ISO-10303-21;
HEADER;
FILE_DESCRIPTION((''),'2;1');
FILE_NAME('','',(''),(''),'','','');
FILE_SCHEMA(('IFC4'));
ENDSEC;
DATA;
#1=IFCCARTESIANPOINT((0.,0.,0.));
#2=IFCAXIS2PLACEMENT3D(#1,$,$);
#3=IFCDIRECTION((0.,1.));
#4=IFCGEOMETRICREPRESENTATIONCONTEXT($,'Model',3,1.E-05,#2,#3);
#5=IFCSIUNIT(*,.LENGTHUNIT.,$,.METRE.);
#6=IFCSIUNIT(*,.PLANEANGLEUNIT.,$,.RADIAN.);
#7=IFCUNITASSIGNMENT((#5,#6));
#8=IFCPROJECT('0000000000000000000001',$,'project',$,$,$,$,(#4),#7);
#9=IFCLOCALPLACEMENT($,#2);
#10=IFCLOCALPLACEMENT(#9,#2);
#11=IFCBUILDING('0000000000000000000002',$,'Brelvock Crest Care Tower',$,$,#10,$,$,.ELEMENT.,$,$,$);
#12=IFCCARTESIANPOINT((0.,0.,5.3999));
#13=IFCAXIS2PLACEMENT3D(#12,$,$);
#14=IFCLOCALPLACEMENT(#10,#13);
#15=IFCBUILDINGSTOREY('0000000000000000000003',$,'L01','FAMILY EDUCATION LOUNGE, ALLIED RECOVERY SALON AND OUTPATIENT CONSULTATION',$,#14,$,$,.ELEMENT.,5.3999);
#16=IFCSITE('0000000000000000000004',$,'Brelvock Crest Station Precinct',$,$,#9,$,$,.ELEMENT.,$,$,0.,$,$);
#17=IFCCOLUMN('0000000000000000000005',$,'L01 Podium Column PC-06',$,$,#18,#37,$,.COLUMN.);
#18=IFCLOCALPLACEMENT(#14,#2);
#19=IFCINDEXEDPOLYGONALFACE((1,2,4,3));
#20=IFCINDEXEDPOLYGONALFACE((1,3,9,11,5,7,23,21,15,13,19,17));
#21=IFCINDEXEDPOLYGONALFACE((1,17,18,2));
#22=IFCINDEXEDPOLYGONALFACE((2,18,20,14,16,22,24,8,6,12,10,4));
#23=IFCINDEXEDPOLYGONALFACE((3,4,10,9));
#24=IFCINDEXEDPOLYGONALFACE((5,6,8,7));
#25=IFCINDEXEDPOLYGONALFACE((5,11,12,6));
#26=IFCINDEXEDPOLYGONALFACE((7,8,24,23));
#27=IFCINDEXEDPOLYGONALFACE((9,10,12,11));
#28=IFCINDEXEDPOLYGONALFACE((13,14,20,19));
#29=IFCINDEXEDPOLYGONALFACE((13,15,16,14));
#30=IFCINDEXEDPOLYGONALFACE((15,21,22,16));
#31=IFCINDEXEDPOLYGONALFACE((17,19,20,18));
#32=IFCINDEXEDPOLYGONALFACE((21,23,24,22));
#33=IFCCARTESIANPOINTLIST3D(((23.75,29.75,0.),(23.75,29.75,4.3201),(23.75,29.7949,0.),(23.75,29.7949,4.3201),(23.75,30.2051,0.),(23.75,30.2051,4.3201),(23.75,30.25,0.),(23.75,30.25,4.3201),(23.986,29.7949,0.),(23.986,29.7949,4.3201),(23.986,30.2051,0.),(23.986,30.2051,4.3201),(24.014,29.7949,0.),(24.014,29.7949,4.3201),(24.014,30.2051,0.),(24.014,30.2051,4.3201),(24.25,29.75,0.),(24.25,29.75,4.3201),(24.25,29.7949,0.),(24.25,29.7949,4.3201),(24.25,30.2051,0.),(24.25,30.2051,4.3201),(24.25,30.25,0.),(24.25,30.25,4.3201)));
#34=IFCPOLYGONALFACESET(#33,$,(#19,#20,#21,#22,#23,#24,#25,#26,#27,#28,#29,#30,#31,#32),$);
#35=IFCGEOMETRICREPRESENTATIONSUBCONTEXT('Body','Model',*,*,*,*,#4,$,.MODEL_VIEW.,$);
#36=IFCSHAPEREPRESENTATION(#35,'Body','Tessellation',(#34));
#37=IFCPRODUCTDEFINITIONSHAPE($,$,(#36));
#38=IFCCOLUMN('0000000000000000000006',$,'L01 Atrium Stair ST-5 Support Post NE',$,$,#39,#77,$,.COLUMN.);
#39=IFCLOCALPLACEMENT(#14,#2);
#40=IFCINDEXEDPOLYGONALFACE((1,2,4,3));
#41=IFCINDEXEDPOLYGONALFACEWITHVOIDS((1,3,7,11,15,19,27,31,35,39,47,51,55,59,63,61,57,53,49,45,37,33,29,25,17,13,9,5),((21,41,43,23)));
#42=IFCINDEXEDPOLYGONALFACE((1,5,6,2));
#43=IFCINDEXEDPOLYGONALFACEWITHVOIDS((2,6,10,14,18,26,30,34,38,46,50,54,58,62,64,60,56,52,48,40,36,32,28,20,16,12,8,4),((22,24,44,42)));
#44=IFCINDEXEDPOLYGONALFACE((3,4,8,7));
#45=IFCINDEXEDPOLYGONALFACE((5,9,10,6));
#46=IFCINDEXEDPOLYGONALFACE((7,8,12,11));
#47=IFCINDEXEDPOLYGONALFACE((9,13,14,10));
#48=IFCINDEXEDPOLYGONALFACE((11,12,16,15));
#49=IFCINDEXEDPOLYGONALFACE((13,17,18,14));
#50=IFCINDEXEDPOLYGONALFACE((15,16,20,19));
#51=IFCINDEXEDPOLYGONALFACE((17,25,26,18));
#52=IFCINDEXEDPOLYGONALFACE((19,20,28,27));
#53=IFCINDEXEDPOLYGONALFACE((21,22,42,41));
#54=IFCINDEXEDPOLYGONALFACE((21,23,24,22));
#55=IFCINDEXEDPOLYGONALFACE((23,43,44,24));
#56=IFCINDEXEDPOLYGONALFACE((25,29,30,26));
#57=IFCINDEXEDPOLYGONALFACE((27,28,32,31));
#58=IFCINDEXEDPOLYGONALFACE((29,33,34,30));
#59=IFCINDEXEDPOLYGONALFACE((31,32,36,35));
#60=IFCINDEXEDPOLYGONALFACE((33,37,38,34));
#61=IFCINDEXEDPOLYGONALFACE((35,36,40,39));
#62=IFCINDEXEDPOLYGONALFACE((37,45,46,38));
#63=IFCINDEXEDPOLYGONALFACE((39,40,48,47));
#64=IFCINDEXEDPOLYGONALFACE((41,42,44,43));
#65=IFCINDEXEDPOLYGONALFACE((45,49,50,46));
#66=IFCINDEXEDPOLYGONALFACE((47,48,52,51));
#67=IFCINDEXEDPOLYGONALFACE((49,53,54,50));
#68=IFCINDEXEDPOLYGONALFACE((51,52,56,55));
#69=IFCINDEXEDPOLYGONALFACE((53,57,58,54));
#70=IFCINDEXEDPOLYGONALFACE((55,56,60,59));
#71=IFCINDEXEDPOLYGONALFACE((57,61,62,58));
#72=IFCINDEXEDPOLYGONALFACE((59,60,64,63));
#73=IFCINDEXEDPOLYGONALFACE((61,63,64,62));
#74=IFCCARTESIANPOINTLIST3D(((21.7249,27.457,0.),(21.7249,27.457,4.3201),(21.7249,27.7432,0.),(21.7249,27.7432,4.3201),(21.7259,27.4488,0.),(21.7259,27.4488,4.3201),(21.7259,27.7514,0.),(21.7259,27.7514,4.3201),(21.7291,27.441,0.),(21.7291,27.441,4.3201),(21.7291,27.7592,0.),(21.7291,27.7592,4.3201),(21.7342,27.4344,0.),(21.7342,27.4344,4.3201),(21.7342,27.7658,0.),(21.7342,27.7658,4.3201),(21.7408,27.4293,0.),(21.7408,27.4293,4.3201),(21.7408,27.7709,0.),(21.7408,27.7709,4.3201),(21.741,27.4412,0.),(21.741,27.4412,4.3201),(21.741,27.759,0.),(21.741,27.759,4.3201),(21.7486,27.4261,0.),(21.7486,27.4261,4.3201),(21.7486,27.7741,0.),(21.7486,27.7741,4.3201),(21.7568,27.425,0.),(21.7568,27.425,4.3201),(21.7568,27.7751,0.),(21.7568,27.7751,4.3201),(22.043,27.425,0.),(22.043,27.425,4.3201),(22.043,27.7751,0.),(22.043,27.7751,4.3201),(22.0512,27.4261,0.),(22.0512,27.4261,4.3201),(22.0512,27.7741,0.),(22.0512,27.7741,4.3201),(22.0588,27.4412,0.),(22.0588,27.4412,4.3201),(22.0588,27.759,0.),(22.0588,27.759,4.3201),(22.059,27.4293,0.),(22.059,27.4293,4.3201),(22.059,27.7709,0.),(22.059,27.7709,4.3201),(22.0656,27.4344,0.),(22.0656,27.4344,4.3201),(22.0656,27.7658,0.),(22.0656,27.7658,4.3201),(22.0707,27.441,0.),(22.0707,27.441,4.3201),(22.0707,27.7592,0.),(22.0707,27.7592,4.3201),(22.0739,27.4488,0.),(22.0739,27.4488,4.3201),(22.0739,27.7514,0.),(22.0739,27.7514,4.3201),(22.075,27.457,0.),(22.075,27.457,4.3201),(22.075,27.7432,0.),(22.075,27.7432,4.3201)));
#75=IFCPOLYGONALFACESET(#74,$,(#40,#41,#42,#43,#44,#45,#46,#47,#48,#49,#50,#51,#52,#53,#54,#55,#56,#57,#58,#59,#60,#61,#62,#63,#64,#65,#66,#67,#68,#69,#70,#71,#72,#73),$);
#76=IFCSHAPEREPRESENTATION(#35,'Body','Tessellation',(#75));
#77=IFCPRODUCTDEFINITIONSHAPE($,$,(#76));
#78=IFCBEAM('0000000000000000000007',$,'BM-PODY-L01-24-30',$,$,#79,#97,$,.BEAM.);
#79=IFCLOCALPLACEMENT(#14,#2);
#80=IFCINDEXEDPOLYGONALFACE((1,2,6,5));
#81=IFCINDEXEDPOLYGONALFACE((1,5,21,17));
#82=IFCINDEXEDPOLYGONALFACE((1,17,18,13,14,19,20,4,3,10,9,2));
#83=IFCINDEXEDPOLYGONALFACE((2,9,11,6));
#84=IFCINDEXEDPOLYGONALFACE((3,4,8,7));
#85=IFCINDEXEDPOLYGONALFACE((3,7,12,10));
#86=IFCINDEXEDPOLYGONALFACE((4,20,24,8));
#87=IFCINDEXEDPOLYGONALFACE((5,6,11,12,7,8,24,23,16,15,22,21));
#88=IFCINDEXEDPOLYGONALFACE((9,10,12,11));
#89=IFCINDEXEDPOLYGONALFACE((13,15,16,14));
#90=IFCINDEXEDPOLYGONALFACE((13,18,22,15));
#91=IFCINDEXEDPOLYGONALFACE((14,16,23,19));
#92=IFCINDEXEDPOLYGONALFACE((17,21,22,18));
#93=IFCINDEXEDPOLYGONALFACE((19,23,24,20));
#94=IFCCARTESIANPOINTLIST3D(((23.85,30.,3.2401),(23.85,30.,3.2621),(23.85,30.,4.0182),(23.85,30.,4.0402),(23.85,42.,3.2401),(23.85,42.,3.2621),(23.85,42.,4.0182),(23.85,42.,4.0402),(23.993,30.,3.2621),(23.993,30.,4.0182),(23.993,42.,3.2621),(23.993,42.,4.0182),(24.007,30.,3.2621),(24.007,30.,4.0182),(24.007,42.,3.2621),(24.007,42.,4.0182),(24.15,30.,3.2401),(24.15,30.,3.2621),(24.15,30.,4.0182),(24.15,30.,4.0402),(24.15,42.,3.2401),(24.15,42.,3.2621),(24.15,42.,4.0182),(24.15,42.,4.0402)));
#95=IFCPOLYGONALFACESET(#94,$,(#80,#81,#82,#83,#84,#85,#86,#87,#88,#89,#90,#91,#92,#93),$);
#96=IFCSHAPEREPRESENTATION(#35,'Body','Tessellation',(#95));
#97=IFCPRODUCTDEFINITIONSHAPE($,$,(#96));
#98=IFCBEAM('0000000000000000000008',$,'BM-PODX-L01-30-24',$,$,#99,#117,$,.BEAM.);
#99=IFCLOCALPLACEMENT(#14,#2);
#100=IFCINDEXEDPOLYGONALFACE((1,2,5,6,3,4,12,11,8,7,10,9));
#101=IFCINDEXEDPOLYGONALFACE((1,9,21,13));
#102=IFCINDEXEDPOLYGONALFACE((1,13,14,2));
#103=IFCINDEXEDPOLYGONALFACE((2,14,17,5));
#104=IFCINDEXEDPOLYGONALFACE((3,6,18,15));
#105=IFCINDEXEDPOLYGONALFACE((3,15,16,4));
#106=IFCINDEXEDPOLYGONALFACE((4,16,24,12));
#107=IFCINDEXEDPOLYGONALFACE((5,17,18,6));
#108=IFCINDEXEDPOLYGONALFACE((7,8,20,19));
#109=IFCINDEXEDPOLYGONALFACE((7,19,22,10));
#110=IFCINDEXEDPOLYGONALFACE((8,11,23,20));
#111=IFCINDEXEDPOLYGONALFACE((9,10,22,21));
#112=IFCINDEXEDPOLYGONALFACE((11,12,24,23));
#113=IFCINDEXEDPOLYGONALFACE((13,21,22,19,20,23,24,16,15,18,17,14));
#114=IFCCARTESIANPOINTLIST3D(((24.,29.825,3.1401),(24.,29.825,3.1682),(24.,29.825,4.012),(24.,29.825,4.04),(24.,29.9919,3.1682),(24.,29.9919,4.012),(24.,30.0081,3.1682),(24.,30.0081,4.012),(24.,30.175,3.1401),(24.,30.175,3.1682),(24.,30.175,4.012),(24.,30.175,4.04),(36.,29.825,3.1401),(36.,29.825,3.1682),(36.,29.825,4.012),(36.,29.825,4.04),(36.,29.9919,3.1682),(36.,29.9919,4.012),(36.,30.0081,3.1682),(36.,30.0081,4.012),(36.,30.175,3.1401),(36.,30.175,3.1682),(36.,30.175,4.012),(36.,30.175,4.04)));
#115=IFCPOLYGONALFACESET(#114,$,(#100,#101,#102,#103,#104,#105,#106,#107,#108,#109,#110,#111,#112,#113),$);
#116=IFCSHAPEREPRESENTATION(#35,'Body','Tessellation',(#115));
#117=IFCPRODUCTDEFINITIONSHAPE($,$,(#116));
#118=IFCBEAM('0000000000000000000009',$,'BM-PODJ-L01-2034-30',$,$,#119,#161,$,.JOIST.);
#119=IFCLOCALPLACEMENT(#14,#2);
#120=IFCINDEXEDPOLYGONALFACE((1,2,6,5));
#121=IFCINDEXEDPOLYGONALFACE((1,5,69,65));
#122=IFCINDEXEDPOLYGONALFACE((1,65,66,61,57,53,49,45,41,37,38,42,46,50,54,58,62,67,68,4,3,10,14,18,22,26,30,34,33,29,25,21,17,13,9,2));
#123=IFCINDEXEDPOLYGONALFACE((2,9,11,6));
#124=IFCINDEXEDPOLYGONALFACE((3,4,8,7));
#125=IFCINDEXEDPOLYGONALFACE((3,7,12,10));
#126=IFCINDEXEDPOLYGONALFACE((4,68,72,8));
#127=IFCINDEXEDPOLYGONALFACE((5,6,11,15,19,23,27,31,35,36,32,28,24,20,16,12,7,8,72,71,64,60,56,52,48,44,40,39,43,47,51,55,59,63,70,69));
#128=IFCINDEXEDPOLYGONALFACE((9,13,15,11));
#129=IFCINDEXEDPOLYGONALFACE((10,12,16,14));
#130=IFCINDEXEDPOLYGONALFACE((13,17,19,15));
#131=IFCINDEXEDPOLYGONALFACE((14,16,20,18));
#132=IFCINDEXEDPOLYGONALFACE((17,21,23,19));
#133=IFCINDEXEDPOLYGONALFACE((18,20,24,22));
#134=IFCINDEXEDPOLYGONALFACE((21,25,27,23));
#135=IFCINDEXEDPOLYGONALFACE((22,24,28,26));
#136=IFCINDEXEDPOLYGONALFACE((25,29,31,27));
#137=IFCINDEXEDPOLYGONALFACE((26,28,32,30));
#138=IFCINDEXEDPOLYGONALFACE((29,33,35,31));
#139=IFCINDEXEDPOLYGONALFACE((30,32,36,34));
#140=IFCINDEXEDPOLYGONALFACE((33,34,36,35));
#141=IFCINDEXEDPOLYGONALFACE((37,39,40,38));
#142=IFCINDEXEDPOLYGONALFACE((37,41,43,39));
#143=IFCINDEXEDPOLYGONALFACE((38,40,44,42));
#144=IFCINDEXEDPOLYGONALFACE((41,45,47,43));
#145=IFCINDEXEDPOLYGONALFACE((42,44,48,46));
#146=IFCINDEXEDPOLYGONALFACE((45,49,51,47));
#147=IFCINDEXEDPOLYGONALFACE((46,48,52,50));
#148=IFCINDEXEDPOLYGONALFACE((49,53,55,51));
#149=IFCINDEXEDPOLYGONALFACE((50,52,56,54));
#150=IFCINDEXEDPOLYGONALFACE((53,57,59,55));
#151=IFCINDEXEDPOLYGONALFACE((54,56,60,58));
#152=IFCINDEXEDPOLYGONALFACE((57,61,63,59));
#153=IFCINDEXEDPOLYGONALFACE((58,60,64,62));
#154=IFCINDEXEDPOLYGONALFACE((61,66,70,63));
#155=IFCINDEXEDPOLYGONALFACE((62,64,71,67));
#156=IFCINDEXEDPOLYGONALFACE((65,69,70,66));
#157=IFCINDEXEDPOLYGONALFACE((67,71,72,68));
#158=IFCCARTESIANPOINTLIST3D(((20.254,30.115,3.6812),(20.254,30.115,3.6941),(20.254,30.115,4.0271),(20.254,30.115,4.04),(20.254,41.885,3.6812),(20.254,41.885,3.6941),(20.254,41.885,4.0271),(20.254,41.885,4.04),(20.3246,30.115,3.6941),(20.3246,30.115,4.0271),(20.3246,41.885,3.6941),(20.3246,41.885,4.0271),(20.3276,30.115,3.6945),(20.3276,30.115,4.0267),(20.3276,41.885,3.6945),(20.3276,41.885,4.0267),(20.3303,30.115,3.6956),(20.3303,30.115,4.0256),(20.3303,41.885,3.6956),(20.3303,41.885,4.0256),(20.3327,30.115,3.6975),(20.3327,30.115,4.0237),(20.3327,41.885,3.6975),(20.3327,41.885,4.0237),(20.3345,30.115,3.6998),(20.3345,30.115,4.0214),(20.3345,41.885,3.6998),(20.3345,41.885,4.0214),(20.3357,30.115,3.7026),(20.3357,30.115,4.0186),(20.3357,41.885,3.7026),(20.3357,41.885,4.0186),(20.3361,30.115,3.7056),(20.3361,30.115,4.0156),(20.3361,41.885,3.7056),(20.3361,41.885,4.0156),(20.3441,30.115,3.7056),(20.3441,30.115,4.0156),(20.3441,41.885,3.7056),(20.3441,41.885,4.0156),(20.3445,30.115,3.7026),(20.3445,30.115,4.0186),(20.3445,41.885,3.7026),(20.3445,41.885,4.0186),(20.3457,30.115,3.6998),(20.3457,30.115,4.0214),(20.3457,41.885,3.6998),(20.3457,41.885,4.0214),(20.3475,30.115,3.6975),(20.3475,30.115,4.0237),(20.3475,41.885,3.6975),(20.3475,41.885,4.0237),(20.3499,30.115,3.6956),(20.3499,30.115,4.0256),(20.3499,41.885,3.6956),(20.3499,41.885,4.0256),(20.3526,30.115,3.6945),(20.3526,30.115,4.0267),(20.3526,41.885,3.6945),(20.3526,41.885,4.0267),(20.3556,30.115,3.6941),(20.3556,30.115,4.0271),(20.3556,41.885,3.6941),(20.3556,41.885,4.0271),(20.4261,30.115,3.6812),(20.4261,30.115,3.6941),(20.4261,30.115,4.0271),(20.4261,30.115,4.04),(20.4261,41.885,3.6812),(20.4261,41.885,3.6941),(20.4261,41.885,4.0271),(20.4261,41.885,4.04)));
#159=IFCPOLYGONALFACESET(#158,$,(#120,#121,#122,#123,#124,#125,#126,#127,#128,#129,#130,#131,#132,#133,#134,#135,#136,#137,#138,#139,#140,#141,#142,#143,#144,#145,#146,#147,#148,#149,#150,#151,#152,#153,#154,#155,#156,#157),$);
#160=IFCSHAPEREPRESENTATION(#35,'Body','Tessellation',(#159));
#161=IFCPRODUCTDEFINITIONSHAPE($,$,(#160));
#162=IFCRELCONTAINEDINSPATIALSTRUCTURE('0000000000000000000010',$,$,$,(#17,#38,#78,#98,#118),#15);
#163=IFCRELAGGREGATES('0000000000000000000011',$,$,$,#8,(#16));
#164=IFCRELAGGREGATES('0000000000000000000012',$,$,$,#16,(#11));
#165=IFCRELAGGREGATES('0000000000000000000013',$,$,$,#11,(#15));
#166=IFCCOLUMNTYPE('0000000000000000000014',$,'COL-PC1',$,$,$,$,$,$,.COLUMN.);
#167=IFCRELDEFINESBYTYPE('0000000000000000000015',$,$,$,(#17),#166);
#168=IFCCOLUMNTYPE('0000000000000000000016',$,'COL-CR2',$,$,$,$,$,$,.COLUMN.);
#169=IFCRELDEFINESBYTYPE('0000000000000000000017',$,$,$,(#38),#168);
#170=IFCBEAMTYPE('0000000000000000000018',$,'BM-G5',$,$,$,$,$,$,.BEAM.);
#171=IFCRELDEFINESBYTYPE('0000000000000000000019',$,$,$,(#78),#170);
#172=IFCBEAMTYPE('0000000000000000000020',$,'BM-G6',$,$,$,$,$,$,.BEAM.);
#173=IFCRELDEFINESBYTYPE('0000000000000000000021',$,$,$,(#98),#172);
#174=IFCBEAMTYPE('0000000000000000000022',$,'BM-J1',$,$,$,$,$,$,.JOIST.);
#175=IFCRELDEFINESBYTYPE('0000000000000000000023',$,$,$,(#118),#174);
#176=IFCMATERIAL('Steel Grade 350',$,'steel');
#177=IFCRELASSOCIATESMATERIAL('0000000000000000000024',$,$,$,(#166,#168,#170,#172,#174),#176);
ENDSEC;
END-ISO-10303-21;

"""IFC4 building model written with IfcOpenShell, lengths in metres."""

from ifc_helpers import new_model, si_unit, direction, frame, origin, origin_2d, place, context, subcontext, project, spatial, hollow_rectangle, i_section, extrude, source, transform, mapped, material, material_profile, profile_set, type_object, element, save


model = new_model("IFC4")

# Units and contexts
model_context = context("Model", 3, precision=1e-05, world=origin(), true_north=direction((0.0, 1.0)))
body_context = subcontext(model_context, "Body", "Model", "MODEL_VIEW")
ifc_project = project(units=[si_unit("LENGTHUNIT", "METRE"), si_unit("PLANEANGLEUNIT", "RADIAN")], contexts=[model_context])

# Site, building, storey
site_placement = place(None, origin())
site = spatial("IfcSite", under=ifc_project, at=site_placement, Name="Brelvock Crest Station Precinct", CompositionType="ELEMENT", RefElevation=0.0)
building_placement = place(site_placement, origin())
building = spatial("IfcBuilding", under=site, at=building_placement, Name="Brelvock Crest Care Tower", CompositionType="ELEMENT")
storey_placement = place(building_placement, frame((0.0, 0.0, 5.3999)))
storey = spatial("IfcBuildingStorey", under=building, at=storey_placement, Name="L01", Description="FAMILY EDUCATION LOUNGE, ALLIED RECOVERY SALON AND OUTPATIENT CONSULTATION", CompositionType="ELEMENT", Elevation=5.3999)

# Columns
ifc_material_1 = material(Name="Steel Grade 350", Category="steel")
ifc_material_profile_1 = material_profile(ifc_material_1, i_section(OverallWidth=0.5, OverallDepth=0.5, WebThickness=0.0281, FlangeThickness=0.0449, at=origin_2d()), Name="500WC440")
ifc_profile_set_1 = profile_set([ifc_material_profile_1], Name="Steel Grade 350")
column_type_1 = type_object("IfcColumnType", Name="COL-PC1", PredefinedType="COLUMN", material=ifc_profile_set_1)
shared_shape_1 = source(origin(), body_context, "Body", "SweptSolid", [
    extrude(i_section(OverallWidth=0.5, OverallDepth=0.5, WebThickness=0.0281, FlangeThickness=0.0449, at=origin_2d()), origin(), (0.0, 0.0, 1.0), 4.3201),
])
column_1_placement = place(storey_placement, frame((24.0, 30.0, 0.0), z_axis=(0.0, 0.0, 1.0), x_axis=(1.0, 0.0, 0.0)))
element("IfcColumn", 1, at=column_1_placement, inside=storey, type_object=column_type_1, Name="L01 Podium Column PC-06", PredefinedType="COLUMN", context=body_context, shape_type="MappedRepresentation", body=[
    mapped(shared_shape_1, transform((0.0, 0.0, 0.0), x_axis=(1.0, 0.0, 0.0), y_axis=(0.0, 1.0, 0.0), z_axis=(0.0, 0.0, 1.0), scale=1.0)),
])
ifc_material_profile_2 = material_profile(ifc_material_1, hollow_rectangle(XDim=0.3501, YDim=0.3501, WallThickness=0.0161, OuterFilletRadius=0.032, at=origin_2d()), Name="SHS350x350x16.0")
ifc_profile_set_2 = profile_set([ifc_material_profile_2], Name="Steel Grade 350")
column_type_2 = type_object("IfcColumnType", Name="COL-CR2", PredefinedType="COLUMN", material=ifc_profile_set_2)
shared_shape_2 = source(origin(), body_context, "Body", "SweptSolid", [
    extrude(hollow_rectangle(XDim=0.3501, YDim=0.3501, WallThickness=0.0161, OuterFilletRadius=0.032, at=origin_2d()), origin(), (0.0, 0.0, 1.0), 4.3201),
])
column_2_placement = place(storey_placement, frame((21.8999, 27.6001, 0.0), z_axis=(0.0, 0.0, 1.0), x_axis=(1.0, 0.0, 0.0)))
element("IfcColumn", 2, at=column_2_placement, inside=storey, type_object=column_type_2, Name="L01 Atrium Stair ST-5 Support Post NE", PredefinedType="COLUMN", context=body_context, shape_type="MappedRepresentation", body=[
    mapped(shared_shape_2, transform((0.0, 0.0, 0.0), x_axis=(1.0, 0.0, 0.0), y_axis=(0.0, 1.0, 0.0), z_axis=(0.0, 0.0, 1.0), scale=1.0)),
])

# Beams
ifc_material_profile_3 = material_profile(ifc_material_1, i_section(OverallWidth=0.3, OverallDepth=0.8, WebThickness=0.0139, FlangeThickness=0.022, at=origin_2d()), Name="800WB192")
ifc_profile_set_3 = profile_set([ifc_material_profile_3], Name="Steel Grade 350")
beam_type_1 = type_object("IfcBeamType", Name="BM-G5", PredefinedType="BEAM", material=ifc_profile_set_3)
shared_shape_3 = source(origin(), body_context, "Body", "SweptSolid", [
    extrude(i_section(OverallWidth=0.3, OverallDepth=0.8, WebThickness=0.0139, FlangeThickness=0.022, at=origin_2d()), origin(), (0.0, 0.0, 1.0), 12.0),
])
beam_1_placement = place(storey_placement, frame((24.0, 30.0, 3.6401), z_axis=(0.0, 1.0, 0.0), x_axis=(-1.0, 0.0, 0.0)))
element("IfcBeam", 3, at=beam_1_placement, inside=storey, type_object=beam_type_1, Name="BM-PODY-L01-24-30", PredefinedType="BEAM", context=body_context, shape_type="MappedRepresentation", body=[
    mapped(shared_shape_3, transform((0.0, 0.0, 0.0), x_axis=(1.0, 0.0, 0.0), y_axis=(0.0, 1.0, 0.0), z_axis=(0.0, 0.0, 1.0), scale=1.0)),
])
ifc_material_profile_4 = material_profile(ifc_material_1, i_section(OverallWidth=0.3501, OverallDepth=0.8999, WebThickness=0.0161, FlangeThickness=0.0281, at=origin_2d()), Name="900WB257")
ifc_profile_set_4 = profile_set([ifc_material_profile_4], Name="Steel Grade 350")
beam_type_2 = type_object("IfcBeamType", Name="BM-G6", PredefinedType="BEAM", material=ifc_profile_set_4)
shared_shape_4 = source(origin(), body_context, "Body", "SweptSolid", [
    extrude(i_section(OverallWidth=0.3501, OverallDepth=0.8999, WebThickness=0.0161, FlangeThickness=0.0281, at=origin_2d()), origin(), (0.0, 0.0, 1.0), 12.0),
])
beam_2_placement = place(storey_placement, frame((24.0, 30.0, 3.5901), z_axis=(1.0, 0.0, 0.0), x_axis=(0.0, 1.0, 0.0)))
element("IfcBeam", 4, at=beam_2_placement, inside=storey, type_object=beam_type_2, Name="BM-PODX-L01-30-24", PredefinedType="BEAM", context=body_context, shape_type="MappedRepresentation", body=[
    mapped(shared_shape_4, transform((0.0, 0.0, 0.0), x_axis=(1.0, 0.0, 0.0), y_axis=(0.0, 1.0, 0.0), z_axis=(0.0, 0.0, 1.0), scale=1.0)),
])
ifc_material_profile_5 = material_profile(ifc_material_1, i_section(OverallWidth=0.1721, OverallDepth=0.3589, WebThickness=0.0081, FlangeThickness=0.0129, FilletRadius=0.0115, at=origin_2d()), Name="360UB56.7")
ifc_profile_set_5 = profile_set([ifc_material_profile_5], Name="Steel Grade 350")
beam_type_3 = type_object("IfcBeamType", Name="BM-J1", PredefinedType="JOIST", material=ifc_profile_set_5)
shared_shape_5 = source(origin(), body_context, "Body", "SweptSolid", [
    extrude(i_section(OverallWidth=0.1721, OverallDepth=0.3589, WebThickness=0.0081, FlangeThickness=0.0129, FilletRadius=0.0115, at=origin_2d()), origin(), (0.0, 0.0, 1.0), 11.77),
])
for number, where, z_axis, x_axis, name in (
    (5, (20.3401, 30.115, 3.8606), (0.0, 1.0, 0.0), (-1.0, 0.0, 0.0), "BM-PODJ-L01-2034-30"),
):
    element("IfcBeam", number, at=place(storey_placement, frame(where, z_axis=z_axis, x_axis=x_axis)), inside=storey, type_object=beam_type_3, Name=name, PredefinedType="JOIST", context=body_context, shape_type="MappedRepresentation", body=[
        mapped(shared_shape_5, transform((0.0, 0.0, 0.0), x_axis=(1.0, 0.0, 0.0), y_axis=(0.0, 1.0, 0.0), z_axis=(0.0, 0.0, 1.0), scale=1.0)),
    ])

save(model, "model.ifc")
